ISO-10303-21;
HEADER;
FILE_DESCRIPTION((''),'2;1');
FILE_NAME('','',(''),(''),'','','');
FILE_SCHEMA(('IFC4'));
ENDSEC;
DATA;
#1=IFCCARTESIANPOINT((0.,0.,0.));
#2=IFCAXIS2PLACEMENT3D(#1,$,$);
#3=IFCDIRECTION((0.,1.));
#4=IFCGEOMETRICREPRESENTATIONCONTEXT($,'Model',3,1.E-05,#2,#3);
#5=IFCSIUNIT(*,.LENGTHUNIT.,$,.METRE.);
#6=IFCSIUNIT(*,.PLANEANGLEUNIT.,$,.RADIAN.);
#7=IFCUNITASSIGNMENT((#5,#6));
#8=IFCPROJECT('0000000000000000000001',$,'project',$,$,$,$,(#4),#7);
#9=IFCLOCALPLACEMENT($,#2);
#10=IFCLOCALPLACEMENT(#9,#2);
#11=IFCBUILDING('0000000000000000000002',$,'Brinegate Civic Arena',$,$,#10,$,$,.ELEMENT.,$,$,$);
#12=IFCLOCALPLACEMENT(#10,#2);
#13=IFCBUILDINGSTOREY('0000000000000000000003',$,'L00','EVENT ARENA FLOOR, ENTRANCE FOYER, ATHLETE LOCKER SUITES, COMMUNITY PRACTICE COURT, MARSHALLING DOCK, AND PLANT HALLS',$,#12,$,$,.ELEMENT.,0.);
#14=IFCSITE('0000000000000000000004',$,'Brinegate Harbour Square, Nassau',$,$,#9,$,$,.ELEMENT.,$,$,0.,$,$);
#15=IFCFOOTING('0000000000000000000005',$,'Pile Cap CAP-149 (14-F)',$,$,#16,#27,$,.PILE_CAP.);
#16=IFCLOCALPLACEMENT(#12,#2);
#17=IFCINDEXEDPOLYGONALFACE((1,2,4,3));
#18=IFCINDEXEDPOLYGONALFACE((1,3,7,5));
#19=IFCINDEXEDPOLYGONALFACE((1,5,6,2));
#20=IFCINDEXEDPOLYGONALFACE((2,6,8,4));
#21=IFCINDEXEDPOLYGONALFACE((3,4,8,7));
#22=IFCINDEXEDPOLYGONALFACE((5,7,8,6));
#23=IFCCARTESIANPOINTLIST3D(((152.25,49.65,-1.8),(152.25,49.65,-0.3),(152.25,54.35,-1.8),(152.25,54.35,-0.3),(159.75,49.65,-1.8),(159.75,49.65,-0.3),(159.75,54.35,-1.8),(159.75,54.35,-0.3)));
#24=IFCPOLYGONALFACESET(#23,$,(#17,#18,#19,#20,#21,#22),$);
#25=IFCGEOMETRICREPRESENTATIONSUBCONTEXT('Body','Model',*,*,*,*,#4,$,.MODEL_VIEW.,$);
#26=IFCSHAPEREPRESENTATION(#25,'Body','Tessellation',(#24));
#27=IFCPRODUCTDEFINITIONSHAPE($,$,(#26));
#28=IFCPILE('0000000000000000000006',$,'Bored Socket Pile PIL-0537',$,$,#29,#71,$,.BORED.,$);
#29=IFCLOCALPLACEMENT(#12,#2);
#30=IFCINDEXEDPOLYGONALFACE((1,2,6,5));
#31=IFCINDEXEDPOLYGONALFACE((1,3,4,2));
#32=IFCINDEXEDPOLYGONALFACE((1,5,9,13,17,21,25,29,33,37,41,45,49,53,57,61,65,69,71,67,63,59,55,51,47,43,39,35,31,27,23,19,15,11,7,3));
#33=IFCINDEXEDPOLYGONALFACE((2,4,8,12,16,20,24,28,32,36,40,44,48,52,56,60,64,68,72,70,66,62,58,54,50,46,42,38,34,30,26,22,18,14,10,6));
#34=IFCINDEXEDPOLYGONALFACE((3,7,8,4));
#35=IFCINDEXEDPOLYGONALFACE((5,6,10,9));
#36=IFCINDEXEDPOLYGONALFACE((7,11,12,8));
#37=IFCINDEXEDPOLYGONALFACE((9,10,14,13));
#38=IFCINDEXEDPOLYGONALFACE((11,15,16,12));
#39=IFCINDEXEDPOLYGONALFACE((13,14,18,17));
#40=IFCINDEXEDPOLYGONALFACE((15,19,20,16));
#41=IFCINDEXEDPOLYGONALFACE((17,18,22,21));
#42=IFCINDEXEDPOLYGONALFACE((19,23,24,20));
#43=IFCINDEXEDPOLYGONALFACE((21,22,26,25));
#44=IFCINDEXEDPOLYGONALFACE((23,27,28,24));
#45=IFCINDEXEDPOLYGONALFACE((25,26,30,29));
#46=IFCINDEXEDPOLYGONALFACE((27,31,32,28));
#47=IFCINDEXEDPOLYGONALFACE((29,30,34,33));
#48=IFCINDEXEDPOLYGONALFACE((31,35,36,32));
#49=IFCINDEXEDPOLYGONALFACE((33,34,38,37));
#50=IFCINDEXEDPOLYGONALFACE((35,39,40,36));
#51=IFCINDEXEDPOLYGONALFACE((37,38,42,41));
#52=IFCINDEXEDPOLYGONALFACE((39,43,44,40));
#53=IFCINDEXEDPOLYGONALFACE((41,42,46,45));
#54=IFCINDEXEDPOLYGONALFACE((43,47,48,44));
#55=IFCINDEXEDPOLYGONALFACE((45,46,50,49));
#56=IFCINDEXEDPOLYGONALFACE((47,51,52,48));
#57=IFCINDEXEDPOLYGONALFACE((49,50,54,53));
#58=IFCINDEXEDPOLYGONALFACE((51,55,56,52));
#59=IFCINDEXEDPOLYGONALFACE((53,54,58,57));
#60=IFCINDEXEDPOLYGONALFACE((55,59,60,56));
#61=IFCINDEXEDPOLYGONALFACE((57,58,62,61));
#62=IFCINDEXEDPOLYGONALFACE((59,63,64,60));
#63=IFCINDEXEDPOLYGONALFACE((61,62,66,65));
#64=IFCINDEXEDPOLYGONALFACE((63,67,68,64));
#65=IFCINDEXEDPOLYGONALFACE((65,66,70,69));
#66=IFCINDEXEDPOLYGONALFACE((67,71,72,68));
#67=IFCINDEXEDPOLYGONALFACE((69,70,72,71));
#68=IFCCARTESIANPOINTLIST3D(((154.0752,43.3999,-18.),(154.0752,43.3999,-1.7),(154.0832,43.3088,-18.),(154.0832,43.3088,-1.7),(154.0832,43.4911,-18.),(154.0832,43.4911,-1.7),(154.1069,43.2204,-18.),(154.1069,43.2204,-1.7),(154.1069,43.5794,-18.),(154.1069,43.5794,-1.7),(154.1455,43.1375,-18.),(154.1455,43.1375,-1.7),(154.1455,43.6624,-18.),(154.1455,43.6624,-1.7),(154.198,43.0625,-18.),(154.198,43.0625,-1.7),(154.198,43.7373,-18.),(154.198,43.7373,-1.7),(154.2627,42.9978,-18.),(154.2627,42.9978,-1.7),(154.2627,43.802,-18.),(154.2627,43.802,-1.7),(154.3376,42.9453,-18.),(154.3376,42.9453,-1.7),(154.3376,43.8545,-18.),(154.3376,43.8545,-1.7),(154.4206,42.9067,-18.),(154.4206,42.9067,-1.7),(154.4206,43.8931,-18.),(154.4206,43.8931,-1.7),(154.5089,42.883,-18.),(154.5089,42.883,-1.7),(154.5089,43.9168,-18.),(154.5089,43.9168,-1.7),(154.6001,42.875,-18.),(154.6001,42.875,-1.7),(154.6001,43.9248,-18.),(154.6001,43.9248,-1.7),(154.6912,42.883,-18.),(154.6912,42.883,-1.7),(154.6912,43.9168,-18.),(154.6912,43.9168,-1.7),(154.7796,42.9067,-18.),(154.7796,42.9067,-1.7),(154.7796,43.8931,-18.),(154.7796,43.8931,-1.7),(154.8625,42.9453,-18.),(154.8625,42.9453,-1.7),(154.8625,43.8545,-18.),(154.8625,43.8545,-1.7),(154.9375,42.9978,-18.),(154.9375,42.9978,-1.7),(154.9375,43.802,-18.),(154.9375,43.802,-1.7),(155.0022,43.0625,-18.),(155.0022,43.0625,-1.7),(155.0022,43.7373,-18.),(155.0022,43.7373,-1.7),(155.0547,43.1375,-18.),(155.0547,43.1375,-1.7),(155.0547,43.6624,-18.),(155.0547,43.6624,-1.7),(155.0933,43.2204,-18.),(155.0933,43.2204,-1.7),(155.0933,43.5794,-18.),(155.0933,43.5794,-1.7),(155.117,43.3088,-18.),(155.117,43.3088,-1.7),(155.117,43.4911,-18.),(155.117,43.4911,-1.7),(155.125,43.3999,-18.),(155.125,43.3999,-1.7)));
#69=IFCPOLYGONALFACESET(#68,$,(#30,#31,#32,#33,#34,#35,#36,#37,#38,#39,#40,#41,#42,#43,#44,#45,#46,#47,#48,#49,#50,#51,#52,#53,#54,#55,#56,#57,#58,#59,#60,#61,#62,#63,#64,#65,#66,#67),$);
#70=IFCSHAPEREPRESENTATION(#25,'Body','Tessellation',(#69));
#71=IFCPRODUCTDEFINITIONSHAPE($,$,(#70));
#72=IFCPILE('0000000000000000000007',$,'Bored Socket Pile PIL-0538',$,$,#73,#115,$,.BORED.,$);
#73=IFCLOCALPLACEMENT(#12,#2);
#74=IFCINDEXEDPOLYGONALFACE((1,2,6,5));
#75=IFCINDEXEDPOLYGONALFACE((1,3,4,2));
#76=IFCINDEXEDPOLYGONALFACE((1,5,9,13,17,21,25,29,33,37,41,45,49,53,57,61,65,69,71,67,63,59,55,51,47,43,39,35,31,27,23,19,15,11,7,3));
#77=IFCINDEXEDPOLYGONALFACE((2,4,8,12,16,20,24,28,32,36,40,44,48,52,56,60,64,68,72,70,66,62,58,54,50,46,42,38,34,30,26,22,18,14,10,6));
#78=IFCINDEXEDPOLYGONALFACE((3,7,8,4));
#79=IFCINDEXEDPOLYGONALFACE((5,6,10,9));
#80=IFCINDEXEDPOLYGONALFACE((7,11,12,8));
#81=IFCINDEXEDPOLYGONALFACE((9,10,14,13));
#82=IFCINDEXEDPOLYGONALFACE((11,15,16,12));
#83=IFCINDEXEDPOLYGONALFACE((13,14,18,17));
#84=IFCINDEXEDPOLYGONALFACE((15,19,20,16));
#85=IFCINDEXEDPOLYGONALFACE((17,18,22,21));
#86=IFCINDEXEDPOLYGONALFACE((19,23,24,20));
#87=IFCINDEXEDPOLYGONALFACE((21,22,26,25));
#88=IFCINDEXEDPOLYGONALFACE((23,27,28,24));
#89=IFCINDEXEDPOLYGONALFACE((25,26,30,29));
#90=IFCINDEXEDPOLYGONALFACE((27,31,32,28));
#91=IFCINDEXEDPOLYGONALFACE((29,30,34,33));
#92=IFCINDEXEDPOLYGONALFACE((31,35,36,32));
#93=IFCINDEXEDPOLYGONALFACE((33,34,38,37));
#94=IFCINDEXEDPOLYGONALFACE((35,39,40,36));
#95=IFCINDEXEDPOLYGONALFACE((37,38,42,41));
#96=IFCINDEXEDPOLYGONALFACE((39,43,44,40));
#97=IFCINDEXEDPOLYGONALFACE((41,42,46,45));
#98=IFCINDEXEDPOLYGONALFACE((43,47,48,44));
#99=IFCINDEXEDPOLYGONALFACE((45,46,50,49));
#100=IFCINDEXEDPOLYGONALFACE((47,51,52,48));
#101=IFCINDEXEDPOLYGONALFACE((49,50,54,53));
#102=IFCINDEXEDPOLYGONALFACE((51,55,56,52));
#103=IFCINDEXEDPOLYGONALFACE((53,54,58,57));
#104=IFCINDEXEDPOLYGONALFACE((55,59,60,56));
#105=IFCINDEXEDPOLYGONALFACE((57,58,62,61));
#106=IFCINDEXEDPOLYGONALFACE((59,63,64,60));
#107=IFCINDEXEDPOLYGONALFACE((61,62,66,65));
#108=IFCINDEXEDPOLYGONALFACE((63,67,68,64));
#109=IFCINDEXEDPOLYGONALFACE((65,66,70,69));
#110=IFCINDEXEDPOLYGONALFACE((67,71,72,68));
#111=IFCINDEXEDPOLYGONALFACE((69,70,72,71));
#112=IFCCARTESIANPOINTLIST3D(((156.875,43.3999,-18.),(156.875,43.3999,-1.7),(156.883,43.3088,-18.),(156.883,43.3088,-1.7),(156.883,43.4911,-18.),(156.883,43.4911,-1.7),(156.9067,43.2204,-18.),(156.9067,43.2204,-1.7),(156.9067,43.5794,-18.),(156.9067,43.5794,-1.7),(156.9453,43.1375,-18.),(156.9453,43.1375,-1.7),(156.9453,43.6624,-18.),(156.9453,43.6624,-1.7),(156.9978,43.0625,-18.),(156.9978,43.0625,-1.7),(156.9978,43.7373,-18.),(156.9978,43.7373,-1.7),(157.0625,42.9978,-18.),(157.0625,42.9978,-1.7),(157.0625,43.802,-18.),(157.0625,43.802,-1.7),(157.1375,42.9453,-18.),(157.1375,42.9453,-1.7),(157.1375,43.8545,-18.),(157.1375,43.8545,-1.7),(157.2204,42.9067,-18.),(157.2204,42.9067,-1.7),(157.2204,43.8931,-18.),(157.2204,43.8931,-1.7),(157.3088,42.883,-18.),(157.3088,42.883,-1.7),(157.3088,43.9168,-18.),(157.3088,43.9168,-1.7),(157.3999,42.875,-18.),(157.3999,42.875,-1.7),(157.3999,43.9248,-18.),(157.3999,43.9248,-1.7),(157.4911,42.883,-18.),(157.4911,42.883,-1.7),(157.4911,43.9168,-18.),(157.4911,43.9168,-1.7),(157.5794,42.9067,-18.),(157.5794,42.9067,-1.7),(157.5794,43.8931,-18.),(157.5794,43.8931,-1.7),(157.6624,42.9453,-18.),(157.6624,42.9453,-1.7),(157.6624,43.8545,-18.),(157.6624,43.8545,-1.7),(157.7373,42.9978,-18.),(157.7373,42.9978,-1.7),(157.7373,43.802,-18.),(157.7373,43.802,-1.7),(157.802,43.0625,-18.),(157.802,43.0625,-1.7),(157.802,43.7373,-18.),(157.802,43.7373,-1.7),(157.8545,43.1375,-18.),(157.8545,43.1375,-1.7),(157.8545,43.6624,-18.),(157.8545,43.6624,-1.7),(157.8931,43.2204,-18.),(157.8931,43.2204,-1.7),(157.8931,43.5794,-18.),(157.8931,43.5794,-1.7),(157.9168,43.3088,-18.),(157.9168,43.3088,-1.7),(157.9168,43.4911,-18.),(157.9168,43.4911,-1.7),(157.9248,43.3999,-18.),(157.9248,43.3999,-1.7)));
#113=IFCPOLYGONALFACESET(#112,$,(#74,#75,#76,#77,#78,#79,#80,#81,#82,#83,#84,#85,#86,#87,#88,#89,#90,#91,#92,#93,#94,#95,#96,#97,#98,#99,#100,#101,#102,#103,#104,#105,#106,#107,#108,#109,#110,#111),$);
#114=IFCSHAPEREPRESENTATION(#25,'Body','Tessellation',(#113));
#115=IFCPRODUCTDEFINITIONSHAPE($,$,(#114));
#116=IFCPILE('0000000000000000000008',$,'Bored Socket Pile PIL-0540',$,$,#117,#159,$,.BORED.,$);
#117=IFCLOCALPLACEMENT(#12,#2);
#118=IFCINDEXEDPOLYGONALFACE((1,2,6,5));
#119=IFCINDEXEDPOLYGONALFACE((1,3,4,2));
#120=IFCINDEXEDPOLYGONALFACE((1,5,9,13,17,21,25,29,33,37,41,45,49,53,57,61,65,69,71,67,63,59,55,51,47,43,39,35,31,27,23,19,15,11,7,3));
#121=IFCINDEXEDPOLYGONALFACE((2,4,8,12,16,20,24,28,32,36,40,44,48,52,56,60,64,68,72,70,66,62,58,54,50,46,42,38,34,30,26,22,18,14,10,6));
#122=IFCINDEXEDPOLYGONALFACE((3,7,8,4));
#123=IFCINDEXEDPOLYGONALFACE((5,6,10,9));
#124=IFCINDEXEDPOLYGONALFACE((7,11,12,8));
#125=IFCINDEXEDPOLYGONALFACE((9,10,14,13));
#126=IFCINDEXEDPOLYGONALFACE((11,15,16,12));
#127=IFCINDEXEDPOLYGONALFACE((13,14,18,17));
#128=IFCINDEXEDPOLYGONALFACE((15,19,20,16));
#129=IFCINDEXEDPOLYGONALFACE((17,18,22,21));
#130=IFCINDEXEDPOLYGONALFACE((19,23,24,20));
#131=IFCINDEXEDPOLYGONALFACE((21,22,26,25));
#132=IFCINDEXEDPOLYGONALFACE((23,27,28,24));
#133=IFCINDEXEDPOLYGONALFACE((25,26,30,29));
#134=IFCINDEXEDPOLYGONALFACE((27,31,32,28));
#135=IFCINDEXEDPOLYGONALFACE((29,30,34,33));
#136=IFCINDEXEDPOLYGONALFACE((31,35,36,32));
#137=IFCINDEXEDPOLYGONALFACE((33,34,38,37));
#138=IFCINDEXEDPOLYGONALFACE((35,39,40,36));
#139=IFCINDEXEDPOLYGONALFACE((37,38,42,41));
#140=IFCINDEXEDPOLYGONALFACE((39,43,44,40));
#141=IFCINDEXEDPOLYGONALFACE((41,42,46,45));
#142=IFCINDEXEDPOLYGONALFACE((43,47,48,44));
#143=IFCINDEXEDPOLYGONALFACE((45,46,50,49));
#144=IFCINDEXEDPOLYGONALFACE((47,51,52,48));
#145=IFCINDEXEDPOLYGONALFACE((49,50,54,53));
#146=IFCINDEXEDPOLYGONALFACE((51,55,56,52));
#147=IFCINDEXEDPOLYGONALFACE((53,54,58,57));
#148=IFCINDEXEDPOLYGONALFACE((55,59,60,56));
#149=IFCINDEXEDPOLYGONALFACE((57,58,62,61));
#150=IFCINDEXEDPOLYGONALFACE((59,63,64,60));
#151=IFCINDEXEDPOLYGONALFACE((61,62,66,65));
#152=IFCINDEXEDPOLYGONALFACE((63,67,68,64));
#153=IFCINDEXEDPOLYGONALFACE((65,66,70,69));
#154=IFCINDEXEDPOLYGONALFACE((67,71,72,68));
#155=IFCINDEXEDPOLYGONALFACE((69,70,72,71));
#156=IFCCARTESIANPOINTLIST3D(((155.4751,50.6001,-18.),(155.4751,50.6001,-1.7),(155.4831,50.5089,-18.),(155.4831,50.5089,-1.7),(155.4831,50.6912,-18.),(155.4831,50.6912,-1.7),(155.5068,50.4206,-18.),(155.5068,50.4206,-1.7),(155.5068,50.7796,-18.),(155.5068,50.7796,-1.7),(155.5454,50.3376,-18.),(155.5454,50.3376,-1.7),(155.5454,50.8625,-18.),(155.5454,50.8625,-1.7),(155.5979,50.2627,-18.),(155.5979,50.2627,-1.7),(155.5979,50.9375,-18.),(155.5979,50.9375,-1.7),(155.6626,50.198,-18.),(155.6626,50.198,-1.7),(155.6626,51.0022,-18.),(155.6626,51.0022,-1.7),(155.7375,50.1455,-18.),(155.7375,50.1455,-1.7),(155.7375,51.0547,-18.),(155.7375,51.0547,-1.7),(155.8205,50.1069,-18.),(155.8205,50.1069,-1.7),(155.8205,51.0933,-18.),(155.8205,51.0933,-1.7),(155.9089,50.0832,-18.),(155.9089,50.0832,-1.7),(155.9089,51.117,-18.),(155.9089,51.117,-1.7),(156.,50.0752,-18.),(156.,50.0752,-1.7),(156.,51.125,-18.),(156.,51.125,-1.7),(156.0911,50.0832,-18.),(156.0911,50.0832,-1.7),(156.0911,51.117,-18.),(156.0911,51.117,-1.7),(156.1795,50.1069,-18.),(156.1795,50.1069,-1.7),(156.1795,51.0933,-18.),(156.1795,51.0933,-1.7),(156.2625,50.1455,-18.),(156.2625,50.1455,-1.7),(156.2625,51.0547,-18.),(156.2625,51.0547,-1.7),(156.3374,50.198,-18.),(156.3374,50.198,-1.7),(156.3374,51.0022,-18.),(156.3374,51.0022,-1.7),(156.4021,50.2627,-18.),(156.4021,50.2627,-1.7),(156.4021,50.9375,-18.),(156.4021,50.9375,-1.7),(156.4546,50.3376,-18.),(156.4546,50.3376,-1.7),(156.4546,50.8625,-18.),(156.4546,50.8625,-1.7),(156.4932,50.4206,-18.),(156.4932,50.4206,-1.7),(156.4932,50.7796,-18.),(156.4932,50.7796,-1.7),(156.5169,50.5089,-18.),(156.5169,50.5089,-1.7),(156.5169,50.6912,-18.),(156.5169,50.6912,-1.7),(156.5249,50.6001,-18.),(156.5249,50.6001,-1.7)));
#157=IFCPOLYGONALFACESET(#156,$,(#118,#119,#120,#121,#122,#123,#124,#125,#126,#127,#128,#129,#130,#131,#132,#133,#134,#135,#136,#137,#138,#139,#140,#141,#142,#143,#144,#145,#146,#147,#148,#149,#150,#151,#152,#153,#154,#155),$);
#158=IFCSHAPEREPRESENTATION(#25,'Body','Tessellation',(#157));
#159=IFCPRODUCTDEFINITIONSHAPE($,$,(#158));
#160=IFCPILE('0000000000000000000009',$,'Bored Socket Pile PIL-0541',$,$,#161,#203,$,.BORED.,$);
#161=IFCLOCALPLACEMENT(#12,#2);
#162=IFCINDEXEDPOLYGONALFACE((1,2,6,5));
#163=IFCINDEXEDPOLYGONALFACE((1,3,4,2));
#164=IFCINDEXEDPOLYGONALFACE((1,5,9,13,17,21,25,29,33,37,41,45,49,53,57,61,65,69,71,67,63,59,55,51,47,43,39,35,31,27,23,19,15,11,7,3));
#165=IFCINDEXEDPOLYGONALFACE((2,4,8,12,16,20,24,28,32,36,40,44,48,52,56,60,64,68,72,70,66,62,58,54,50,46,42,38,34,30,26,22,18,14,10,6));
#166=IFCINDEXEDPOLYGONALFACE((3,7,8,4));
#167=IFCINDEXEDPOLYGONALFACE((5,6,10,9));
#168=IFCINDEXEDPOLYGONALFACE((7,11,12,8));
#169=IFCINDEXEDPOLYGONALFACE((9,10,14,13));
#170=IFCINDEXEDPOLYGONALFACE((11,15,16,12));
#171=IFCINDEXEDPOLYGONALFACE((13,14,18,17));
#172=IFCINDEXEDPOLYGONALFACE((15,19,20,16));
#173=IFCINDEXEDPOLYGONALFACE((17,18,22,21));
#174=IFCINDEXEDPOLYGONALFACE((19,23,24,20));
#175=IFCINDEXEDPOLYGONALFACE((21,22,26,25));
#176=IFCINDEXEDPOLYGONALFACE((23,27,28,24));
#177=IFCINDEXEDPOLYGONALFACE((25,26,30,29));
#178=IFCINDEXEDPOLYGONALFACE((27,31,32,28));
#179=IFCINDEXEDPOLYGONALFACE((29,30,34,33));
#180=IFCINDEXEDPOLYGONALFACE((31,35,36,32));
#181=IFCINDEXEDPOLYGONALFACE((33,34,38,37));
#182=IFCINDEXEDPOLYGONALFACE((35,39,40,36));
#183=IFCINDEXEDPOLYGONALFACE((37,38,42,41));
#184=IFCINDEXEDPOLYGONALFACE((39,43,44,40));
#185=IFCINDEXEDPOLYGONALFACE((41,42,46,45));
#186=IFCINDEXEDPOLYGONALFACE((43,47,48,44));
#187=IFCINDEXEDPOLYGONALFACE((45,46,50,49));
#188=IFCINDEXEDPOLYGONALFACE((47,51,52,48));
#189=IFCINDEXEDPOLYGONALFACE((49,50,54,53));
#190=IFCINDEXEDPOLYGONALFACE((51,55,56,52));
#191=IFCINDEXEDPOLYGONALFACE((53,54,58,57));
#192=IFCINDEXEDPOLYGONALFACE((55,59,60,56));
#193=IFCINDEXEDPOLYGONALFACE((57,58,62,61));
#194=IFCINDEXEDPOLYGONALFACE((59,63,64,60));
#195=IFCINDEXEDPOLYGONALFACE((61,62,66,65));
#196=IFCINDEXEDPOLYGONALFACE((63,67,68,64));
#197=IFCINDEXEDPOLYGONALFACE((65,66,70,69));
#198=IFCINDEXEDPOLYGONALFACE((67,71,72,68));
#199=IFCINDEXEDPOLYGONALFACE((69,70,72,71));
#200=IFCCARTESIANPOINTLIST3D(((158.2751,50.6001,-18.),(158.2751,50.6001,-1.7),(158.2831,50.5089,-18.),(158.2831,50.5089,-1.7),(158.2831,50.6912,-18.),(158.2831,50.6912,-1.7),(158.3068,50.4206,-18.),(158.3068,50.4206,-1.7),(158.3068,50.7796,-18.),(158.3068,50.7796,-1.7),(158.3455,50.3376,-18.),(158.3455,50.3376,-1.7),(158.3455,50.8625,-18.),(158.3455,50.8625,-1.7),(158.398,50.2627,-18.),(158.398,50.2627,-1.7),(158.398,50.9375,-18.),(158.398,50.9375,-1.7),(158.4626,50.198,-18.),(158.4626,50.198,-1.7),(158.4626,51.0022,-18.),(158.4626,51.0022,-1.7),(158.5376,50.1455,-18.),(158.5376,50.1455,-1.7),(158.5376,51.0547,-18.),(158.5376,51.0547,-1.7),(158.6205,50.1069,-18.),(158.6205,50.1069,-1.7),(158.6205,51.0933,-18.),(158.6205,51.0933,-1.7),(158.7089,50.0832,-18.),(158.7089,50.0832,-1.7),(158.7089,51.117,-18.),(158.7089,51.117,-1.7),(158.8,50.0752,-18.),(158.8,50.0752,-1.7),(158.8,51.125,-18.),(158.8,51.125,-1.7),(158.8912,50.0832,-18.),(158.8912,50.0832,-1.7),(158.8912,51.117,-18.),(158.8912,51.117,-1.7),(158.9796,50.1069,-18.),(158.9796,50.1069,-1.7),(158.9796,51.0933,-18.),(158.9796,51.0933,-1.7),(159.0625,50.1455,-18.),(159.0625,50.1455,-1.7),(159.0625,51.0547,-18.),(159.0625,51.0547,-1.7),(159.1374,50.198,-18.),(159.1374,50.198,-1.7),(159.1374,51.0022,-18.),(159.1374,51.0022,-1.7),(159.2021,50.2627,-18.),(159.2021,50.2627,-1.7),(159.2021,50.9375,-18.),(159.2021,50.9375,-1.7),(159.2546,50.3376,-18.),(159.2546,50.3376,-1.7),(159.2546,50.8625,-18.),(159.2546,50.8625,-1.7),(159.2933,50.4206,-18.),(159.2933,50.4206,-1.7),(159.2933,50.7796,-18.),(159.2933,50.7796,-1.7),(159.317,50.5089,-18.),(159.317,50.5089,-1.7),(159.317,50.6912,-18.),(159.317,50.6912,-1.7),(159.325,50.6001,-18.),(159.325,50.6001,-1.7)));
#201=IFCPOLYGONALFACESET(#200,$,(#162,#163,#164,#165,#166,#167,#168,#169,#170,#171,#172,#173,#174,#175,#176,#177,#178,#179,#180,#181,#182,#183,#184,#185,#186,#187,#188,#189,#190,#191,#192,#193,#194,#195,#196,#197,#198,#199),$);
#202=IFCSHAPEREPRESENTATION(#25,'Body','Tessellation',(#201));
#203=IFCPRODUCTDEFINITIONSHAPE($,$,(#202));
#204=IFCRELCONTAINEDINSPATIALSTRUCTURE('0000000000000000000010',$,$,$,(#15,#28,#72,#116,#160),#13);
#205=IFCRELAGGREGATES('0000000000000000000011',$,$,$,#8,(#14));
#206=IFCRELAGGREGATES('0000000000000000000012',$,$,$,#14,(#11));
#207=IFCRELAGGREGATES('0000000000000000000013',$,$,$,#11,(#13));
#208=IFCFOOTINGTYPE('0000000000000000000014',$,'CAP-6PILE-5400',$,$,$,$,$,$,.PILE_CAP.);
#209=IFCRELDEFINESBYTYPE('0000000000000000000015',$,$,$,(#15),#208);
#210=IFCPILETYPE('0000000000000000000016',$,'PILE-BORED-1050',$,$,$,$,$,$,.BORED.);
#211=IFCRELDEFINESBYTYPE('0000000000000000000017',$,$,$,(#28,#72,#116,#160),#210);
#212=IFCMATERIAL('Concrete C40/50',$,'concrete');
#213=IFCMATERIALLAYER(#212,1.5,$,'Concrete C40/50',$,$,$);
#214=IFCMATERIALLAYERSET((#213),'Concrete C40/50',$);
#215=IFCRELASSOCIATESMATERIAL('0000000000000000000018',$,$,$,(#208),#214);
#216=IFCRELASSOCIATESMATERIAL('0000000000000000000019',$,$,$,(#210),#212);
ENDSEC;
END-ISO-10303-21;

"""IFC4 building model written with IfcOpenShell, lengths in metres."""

from ifc_helpers import new_model, si_unit, direction, frame, origin, origin_2d, place, context, subcontext, project, spatial, rectangle, circle, extrude, material, layer, layer_set, material_profile, profile_set, type_object, element, save


model = new_model("IFC4")

# Units and contexts
model_context = context("Model", 3, precision=1e-05, world=origin(), true_north=direction((0.0, 1.0)))
body_context = subcontext(model_context, "Body", "Model", "MODEL_VIEW")
ifc_project = project(units=[si_unit("LENGTHUNIT", "METRE"), si_unit("PLANEANGLEUNIT", "RADIAN")], contexts=[model_context])

# Site, building, storey
site_placement = place(None, origin())
site = spatial("IfcSite", under=ifc_project, at=site_placement, Name="Brinegate Harbour Square, Nassau", CompositionType="ELEMENT", RefElevation=0.0)
building_placement = place(site_placement, origin())
building = spatial("IfcBuilding", under=site, at=building_placement, Name="Brinegate Civic Arena", CompositionType="ELEMENT")
storey_placement = place(building_placement, origin())
storey = spatial("IfcBuildingStorey", under=building, at=storey_placement, Name="L00", Description="EVENT ARENA FLOOR, ENTRANCE FOYER, ATHLETE LOCKER SUITES, COMMUNITY PRACTICE COURT, MARSHALLING DOCK, AND PLANT HALLS", CompositionType="ELEMENT", Elevation=0.0)

# Footing
ifc_material_1 = material(Name="Concrete C40/50", Category="concrete")
ifc_layer_1 = layer(ifc_material_1, 1.5, Name="Concrete C40/50")
ifc_layer_set_1 = layer_set([ifc_layer_1], Name="Concrete C40/50")
footing_type_1 = type_object("IfcFootingType", Name="CAP-6PILE-5400", PredefinedType="PILE_CAP", material=ifc_layer_set_1)
footing_1_placement = place(storey_placement, frame((156.0, 52.0, -1.8), z_axis=(0.0, 0.0, 1.0), x_axis=(1.0, 0.0, 0.0)))
element("IfcFooting", 1, at=footing_1_placement, inside=storey, type_object=footing_type_1, Name="Pile Cap CAP-149 (14-F)", PredefinedType="PILE_CAP", context=body_context, shape_type="SweptSolid", body=[
    extrude(rectangle(XDim=7.5, YDim=4.7, at=origin_2d()), origin(), (0.0, 0.0, 1.0), 1.5),
])

# Piles
ifc_material_profile_1 = material_profile(ifc_material_1, circle(Radius=0.5249, at=origin_2d()), Name="PILED1050")
ifc_profile_set_1 = profile_set([ifc_material_profile_1], Name="Concrete C40/50")
pile_type = type_object("IfcPileType", Name="PILE-BORED-1050", PredefinedType="BORED", material=ifc_profile_set_1)
for number, where, z_axis, x_axis, name in (
    (2, (154.6001, 43.3999, -1.7), (0.0, 0.0, -1.0), (1.0, 0.0, 0.0), "Bored Socket Pile PIL-0537"),
    (3, (157.3999, 43.3999, -1.7), (0.0, 0.0, -1.0), (1.0, 0.0, 0.0), "Bored Socket Pile PIL-0538"),
    (4, (156.0, 50.6001, -1.7), (0.0, 0.0, -1.0), (1.0, 0.0, 0.0), "Bored Socket Pile PIL-0540"),
    (5, (158.8, 50.6001, -1.7), (0.0, 0.0, -1.0), (1.0, 0.0, 0.0), "Bored Socket Pile PIL-0541"),
):
    element("IfcPile", number, at=place(storey_placement, frame(where, z_axis=z_axis, x_axis=x_axis)), inside=storey, type_object=pile_type, Name=name, PredefinedType="BORED", context=body_context, shape_type="SweptSolid", body=[
        extrude(circle(Radius=0.5249, at=origin_2d()), origin(), (0.0, 0.0, 1.0), 16.3),
    ])

save(model, "model.ifc")
